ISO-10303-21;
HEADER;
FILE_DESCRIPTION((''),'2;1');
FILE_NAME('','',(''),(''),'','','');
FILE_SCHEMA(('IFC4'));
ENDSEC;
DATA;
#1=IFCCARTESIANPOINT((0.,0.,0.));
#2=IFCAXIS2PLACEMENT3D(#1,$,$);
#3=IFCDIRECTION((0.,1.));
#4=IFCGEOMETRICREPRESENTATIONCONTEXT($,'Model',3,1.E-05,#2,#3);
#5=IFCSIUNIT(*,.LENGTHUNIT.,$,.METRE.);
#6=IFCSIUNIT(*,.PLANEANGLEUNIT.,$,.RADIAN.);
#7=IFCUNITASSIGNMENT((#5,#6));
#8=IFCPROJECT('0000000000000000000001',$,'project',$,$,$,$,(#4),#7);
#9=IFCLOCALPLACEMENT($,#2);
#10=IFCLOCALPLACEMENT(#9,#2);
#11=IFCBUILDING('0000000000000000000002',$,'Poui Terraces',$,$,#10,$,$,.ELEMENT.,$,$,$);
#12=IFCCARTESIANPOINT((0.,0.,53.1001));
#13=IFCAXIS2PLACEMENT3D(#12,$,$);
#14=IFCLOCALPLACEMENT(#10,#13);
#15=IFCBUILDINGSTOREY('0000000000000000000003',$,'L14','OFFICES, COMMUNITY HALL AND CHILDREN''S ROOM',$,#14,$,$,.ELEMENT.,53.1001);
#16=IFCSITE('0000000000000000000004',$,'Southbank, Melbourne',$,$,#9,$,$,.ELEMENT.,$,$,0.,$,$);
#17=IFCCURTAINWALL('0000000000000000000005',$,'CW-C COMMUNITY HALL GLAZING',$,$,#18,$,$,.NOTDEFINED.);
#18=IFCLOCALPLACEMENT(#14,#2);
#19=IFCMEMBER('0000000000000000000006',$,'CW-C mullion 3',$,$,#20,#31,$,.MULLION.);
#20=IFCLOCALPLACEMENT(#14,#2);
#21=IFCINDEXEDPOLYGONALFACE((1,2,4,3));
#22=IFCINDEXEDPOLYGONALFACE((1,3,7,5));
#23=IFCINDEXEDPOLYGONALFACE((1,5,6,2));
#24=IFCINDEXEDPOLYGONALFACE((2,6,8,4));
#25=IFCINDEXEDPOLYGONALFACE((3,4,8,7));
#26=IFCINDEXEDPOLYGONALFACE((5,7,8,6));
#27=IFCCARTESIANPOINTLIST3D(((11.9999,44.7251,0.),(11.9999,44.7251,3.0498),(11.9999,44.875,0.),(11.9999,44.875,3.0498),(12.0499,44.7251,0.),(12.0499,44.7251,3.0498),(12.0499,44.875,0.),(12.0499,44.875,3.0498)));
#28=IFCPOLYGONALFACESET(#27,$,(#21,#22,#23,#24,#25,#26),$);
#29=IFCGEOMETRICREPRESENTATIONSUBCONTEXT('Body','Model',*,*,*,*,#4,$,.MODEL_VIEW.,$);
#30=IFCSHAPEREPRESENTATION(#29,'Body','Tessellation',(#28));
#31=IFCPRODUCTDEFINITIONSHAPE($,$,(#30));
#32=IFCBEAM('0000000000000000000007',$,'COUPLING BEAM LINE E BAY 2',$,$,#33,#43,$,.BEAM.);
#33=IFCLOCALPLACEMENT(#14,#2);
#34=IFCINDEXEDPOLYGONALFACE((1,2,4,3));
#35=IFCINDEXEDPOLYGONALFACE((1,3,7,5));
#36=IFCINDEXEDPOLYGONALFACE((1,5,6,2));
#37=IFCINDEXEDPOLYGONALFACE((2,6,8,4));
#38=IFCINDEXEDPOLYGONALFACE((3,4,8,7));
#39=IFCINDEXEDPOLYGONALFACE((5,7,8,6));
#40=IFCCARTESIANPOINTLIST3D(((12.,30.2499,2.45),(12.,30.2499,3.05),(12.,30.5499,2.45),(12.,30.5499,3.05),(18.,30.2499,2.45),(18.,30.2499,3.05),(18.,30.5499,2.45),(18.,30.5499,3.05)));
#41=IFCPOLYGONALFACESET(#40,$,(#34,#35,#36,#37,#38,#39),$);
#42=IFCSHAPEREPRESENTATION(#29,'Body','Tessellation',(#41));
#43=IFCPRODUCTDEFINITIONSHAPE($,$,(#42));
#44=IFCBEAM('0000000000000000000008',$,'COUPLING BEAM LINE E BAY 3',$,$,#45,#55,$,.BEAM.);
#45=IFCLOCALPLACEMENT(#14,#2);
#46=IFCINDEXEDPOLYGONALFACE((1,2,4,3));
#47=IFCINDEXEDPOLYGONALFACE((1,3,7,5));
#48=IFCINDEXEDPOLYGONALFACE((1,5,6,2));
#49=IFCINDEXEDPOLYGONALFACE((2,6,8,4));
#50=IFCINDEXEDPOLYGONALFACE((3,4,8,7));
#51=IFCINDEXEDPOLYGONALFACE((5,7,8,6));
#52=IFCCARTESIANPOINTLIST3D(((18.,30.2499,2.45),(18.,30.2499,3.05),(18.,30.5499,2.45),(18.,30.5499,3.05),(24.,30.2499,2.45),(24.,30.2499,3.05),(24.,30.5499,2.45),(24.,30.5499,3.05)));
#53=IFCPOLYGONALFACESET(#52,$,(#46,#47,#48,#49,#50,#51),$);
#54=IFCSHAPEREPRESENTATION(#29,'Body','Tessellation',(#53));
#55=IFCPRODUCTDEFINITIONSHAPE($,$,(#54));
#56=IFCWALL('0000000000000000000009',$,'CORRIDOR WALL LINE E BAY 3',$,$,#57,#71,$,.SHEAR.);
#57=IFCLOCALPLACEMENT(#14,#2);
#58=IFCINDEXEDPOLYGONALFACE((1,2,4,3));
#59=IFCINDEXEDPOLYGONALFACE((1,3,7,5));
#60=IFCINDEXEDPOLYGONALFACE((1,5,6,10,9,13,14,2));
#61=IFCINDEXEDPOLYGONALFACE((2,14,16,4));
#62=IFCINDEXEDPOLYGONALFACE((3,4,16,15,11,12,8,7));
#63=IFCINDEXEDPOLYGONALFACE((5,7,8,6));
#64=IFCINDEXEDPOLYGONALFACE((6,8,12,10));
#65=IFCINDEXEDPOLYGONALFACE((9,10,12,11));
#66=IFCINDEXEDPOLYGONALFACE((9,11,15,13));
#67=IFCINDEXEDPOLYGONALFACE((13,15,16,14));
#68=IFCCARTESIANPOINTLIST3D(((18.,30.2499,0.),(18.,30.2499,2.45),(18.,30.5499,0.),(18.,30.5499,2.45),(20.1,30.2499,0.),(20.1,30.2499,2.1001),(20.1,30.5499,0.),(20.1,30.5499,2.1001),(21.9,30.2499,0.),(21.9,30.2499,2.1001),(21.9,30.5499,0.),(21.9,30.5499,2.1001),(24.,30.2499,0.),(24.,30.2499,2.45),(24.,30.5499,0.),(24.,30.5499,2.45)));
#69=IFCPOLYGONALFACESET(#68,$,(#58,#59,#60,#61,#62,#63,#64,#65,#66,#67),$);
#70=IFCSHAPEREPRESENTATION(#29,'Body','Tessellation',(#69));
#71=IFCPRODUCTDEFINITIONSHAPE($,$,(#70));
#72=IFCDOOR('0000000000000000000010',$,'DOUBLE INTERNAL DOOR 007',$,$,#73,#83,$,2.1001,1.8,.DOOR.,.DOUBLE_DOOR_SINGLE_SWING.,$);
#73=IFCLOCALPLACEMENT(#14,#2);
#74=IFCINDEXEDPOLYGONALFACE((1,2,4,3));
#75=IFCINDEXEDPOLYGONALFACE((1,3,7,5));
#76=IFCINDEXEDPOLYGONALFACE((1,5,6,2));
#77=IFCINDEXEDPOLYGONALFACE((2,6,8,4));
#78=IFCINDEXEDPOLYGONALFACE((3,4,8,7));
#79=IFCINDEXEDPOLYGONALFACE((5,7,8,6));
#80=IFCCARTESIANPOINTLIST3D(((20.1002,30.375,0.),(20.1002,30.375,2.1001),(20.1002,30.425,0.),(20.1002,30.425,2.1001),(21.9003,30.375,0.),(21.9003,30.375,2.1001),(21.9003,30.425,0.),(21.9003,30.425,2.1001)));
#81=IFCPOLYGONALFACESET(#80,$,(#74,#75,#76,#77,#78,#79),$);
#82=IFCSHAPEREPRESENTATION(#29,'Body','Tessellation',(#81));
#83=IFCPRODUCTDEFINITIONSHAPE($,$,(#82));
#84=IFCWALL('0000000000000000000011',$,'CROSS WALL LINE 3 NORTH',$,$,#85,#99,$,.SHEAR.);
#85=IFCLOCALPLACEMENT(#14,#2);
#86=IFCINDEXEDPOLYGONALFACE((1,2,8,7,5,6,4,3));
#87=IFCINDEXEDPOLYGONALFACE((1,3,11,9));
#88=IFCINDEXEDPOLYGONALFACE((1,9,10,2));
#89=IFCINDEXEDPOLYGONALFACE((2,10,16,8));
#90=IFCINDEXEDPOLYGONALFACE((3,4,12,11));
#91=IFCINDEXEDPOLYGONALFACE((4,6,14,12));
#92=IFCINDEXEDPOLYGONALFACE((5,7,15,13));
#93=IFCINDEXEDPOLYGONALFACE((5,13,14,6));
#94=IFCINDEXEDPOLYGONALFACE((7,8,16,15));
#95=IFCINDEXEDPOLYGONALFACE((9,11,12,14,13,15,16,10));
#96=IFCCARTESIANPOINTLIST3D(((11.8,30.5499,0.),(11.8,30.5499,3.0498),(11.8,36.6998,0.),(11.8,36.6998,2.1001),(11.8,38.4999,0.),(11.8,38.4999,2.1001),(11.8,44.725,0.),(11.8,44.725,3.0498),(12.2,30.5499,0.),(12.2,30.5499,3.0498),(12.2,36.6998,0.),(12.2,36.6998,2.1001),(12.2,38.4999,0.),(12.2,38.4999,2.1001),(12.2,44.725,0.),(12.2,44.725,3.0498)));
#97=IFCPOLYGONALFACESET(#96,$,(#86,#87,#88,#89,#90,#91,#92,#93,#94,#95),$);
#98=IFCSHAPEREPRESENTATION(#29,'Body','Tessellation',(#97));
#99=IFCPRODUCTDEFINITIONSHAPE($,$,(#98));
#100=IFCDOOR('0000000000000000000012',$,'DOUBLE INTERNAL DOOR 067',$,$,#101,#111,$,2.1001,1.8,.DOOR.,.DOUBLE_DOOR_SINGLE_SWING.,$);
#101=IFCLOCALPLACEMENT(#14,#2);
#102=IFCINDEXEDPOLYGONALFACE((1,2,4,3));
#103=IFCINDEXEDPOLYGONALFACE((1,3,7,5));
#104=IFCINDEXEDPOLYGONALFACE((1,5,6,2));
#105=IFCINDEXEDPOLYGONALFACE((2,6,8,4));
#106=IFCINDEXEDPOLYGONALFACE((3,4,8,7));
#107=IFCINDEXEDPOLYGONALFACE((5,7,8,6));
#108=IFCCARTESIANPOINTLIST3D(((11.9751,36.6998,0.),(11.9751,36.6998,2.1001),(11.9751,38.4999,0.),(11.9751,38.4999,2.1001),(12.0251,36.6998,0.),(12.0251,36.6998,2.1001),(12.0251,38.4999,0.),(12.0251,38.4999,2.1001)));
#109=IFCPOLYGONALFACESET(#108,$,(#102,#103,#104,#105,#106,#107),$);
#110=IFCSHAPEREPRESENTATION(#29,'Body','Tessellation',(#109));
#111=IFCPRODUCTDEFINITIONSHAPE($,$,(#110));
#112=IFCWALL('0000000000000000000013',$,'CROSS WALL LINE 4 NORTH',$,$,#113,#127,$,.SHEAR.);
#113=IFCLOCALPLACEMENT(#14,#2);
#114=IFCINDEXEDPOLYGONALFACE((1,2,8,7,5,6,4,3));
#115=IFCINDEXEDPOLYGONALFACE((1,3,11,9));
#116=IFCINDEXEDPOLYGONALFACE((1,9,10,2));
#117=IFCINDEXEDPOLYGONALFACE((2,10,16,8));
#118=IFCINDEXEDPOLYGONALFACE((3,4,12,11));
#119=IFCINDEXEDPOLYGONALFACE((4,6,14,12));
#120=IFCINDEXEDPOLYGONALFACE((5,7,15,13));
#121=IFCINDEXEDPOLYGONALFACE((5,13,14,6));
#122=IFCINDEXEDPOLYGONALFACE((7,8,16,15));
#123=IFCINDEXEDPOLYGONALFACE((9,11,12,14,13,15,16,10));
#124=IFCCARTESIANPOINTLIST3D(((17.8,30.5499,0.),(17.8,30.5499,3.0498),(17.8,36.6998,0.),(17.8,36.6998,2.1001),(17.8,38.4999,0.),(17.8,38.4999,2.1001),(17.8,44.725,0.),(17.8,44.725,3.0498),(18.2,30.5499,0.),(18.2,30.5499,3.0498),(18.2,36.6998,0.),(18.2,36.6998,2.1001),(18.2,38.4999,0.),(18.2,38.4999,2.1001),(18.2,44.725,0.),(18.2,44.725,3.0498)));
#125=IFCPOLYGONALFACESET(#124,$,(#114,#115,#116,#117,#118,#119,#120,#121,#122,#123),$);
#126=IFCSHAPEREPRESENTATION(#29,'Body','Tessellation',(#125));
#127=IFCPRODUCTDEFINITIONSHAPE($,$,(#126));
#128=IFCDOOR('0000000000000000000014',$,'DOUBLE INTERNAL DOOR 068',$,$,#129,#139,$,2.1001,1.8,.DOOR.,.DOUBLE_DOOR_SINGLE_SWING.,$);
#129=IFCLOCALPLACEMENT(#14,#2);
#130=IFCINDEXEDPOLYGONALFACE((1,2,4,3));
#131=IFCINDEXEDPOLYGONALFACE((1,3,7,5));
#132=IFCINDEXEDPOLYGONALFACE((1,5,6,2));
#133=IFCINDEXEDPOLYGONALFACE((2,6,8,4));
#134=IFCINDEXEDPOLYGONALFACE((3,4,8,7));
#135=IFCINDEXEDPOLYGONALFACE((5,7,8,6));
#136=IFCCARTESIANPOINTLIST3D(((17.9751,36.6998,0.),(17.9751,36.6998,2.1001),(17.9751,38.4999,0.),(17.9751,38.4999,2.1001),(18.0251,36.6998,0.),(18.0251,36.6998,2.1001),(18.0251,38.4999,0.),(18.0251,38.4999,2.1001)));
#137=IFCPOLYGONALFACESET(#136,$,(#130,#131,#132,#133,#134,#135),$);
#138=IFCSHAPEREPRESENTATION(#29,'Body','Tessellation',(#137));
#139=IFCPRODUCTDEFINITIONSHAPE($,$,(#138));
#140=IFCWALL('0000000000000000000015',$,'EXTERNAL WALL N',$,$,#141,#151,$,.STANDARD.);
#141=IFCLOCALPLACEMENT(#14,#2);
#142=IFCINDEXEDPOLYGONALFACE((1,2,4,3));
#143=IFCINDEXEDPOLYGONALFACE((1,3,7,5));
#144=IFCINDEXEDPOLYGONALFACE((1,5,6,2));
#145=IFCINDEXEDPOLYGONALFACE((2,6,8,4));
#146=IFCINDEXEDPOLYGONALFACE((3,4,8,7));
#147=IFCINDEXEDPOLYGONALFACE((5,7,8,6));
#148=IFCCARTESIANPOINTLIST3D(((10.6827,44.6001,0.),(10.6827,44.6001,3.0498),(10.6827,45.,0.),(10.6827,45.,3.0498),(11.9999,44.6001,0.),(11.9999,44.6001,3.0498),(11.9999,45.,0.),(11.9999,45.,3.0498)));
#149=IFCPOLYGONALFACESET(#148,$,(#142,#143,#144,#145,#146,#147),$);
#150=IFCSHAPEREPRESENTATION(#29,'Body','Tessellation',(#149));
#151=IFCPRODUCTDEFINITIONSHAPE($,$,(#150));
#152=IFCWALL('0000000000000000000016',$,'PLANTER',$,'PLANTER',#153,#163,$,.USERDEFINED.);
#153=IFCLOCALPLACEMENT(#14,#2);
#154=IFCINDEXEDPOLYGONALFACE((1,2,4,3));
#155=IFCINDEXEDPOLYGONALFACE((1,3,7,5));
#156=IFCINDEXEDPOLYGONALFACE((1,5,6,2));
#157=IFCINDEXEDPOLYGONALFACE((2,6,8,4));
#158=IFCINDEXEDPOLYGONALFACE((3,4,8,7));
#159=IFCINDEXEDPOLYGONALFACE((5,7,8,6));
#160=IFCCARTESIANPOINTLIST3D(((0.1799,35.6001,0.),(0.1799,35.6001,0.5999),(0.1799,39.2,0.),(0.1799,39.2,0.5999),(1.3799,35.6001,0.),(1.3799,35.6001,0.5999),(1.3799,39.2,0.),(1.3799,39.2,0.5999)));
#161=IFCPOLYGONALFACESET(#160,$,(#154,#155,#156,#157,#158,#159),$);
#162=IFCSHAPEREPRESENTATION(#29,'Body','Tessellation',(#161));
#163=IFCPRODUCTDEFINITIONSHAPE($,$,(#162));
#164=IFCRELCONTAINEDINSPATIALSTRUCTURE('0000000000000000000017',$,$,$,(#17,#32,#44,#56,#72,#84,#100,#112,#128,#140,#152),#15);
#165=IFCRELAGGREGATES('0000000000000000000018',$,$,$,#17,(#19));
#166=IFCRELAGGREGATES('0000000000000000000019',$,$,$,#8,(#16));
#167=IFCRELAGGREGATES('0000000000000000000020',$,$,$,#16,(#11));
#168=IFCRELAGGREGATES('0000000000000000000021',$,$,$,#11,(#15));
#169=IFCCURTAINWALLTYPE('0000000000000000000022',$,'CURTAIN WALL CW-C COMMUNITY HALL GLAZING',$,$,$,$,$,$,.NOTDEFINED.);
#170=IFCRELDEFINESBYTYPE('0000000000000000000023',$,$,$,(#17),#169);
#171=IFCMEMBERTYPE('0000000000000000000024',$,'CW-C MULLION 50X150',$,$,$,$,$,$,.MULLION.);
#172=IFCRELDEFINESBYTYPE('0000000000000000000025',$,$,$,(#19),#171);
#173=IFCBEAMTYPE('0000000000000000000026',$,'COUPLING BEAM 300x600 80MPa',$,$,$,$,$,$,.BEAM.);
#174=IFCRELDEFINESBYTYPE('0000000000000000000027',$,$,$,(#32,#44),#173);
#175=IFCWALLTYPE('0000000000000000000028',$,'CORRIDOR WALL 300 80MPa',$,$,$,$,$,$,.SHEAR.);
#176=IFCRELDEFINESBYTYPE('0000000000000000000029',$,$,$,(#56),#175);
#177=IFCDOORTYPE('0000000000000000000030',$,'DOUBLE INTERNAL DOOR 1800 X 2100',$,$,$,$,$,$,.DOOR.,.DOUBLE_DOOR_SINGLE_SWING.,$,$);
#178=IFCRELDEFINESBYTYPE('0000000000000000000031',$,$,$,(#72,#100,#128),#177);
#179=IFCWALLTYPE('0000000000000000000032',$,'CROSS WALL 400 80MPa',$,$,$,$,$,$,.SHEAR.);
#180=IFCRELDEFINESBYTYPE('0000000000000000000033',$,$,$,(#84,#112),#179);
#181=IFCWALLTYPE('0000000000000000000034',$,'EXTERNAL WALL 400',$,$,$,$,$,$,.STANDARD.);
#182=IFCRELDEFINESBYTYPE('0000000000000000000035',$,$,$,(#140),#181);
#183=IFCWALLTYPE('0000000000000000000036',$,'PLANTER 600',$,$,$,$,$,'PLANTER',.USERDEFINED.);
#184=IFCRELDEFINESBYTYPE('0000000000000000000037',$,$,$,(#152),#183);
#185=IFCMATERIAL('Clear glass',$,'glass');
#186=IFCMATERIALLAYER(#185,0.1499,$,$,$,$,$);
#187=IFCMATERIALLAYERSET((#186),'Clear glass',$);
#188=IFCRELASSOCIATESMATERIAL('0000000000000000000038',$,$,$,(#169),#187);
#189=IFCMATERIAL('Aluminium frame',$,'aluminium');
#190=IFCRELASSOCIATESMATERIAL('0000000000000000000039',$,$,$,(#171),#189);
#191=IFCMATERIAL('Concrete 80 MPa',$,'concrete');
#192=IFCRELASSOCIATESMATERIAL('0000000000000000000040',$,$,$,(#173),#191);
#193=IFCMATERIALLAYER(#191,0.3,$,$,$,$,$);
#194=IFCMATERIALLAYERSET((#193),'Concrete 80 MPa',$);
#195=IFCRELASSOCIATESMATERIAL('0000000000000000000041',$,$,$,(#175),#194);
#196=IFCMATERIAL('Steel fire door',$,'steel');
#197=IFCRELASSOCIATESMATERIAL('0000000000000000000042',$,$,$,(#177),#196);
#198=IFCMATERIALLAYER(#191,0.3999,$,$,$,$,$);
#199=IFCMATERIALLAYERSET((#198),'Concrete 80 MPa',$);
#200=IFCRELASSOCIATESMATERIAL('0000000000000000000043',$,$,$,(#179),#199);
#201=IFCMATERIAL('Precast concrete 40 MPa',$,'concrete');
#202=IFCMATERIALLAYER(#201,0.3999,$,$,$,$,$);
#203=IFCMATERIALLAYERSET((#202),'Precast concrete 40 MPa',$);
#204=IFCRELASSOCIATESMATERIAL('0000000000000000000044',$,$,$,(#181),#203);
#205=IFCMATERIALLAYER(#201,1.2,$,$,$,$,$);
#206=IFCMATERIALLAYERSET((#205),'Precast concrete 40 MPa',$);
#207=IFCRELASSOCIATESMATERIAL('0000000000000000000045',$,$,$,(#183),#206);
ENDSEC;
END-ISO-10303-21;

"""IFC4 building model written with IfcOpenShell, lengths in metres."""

from ifc_helpers import new_model, si_unit, direction, frame, frame_2d, origin, origin_2d, place, context, subcontext, project, spatial, polyline, rectangle, outline, extrude, source, transform, mapped, material, layer, layer_set, material_profile, profile_set, type_object, element, fill, aggregate, save


model = new_model("IFC4")

# Units and contexts
model_context = context("Model", 3, precision=1e-05, world=origin(), true_north=direction((0.0, 1.0)))
body_context = subcontext(model_context, "Body", "Model", "MODEL_VIEW")
ifc_project = project(units=[si_unit("LENGTHUNIT", "METRE"), si_unit("PLANEANGLEUNIT", "RADIAN")], contexts=[model_context])

# Site, building, storey
site_placement = place(None, origin())
site = spatial("IfcSite", under=ifc_project, at=site_placement, Name="Southbank, Melbourne", CompositionType="ELEMENT", RefElevation=0.0)
building_placement = place(site_placement, origin())
building = spatial("IfcBuilding", under=site, at=building_placement, Name="Poui Terraces", CompositionType="ELEMENT")
storey_placement = place(building_placement, frame((0.0, 0.0, 53.1001)))
storey = spatial("IfcBuildingStorey", under=building, at=storey_placement, Name="L14", Description="OFFICES, COMMUNITY HALL AND CHILDREN'S ROOM", CompositionType="ELEMENT", Elevation=53.1001)

# Curtain wall, member
ifc_material_1 = material(Name="Clear glass", Category="glass")
ifc_layer_1 = layer(ifc_material_1, 0.1499)
ifc_layer_set_1 = layer_set([ifc_layer_1], Name="Clear glass")
curtain_wall_type = type_object("IfcCurtainWallType", Name="CURTAIN WALL CW-C COMMUNITY HALL GLAZING", PredefinedType="NOTDEFINED", material=ifc_layer_set_1)
curtain_wall_placement = place(storey_placement, origin())
curtain_wall = element("IfcCurtainWall", 1, at=curtain_wall_placement, inside=storey, type_object=curtain_wall_type, Name="CW-C COMMUNITY HALL GLAZING", PredefinedType="NOTDEFINED")
ifc_material_2 = material(Name="Aluminium frame", Category="aluminium")
ifc_material_profile_1 = material_profile(ifc_material_2, rectangle(XDim=0.1499, YDim=0.05, at=origin_2d()), Name="CW-C MULLION 50X150")
ifc_profile_set_1 = profile_set([ifc_material_profile_1], Name="Aluminium frame")
member_type = type_object("IfcMemberType", Name="CW-C MULLION 50X150", PredefinedType="MULLION", material=ifc_profile_set_1)
member_placement = place(storey_placement, frame((12.0249, 44.8, 0.0), z_axis=(0.0, 0.0, 1.0), x_axis=(0.0, -1.0, 0.0)))
member = element("IfcMember", 2, at=member_placement, type_object=member_type, Name="CW-C mullion 3", PredefinedType="MULLION", context=body_context, shape_type="SweptSolid", body=[
    extrude(rectangle(XDim=0.1499, YDim=0.05, at=origin_2d()), origin(), (0.0, 0.0, 1.0), 3.0498),
])
aggregate(curtain_wall, [member])

# Beams
ifc_material_3 = material(Name="Concrete 80 MPa", Category="concrete")
ifc_material_profile_2 = material_profile(ifc_material_3, rectangle(XDim=0.3, YDim=0.6001, at=origin_2d()), Name="RC 300x600")
ifc_profile_set_2 = profile_set([ifc_material_profile_2], Name="Concrete 80 MPa")
beam_type = type_object("IfcBeamType", Name="COUPLING BEAM 300x600 80MPa", PredefinedType="BEAM", material=ifc_profile_set_2)
shared_shape_1 = source(origin(), body_context, "Body", "SweptSolid", [
    extrude(rectangle(XDim=0.3, YDim=0.6001, at=origin_2d()), origin(), (0.0, 0.0, 1.0), 6.0),
])
for number, where, z_axis, x_axis, name in (
    (3, (12.0, 30.3999, 2.75), (1.0, 0.0, 0.0), (0.0, 1.0, 0.0), "COUPLING BEAM LINE E BAY 2"),
    (4, (18.0, 30.3999, 2.75), (1.0, 0.0, 0.0), (0.0, 1.0, 0.0), "COUPLING BEAM LINE E BAY 3"),
):
    element("IfcBeam", number, at=place(storey_placement, frame(where, z_axis=z_axis, x_axis=x_axis)), inside=storey, type_object=beam_type, Name=name, PredefinedType="BEAM", context=body_context, shape_type="MappedRepresentation", body=[
        mapped(shared_shape_1, transform((0.0, 0.0, 0.0))),
    ])

# Walls, openings, doors
ifc_layer_2 = layer(ifc_material_3, 0.3)
ifc_layer_set_2 = layer_set([ifc_layer_2], Name="Concrete 80 MPa")
wall_type_1 = type_object("IfcWallType", Name="CORRIDOR WALL 300 80MPa", PredefinedType="SHEAR", material=ifc_layer_set_2)
wall_1_placement = place(storey_placement, frame((18.0, 30.3999, 0.0), z_axis=(0.0, 0.0, 1.0), x_axis=(1.0, 0.0, 0.0)))
wall_1 = element("IfcWall", 5, at=wall_1_placement, inside=storey, type_object=wall_type_1, Name="CORRIDOR WALL LINE E BAY 3", PredefinedType="SHEAR", context=body_context, shape_type="SweptSolid", body=[
    extrude(rectangle(XDim=6.0, YDim=0.3, at=frame_2d((3.0, 0.0))), origin(), (0.0, 0.0, 1.0), 2.45),
])
opening_1_placement = place(wall_1_placement, frame((2.1001, 0.0, 0.0)))
opening_1 = element("IfcOpeningElement", 6, at=opening_1_placement, cuts=wall_1, PredefinedType="OPENING", context=body_context, shape_type="SweptSolid", body=[
    extrude(rectangle(XDim=1.8, YDim=2.1001, at=frame_2d((0.8999, 1.05))), frame((0.0, 0.1602, 0.0), z_axis=(0.0, -1.0, 0.0), x_axis=(1.0, 0.0, 0.0)), (0.0, 0.0, 1.0), 0.3201),
])
ifc_material_4 = material(Name="Steel fire door", Category="steel")
door_type = type_object("IfcDoorType", Name="DOUBLE INTERNAL DOOR 1800 X 2100", OperationType="DOUBLE_DOOR_SINGLE_SWING", PredefinedType="DOOR", material=ifc_material_4)
door_1_placement = place(opening_1_placement, frame((1.8, 0.0, 0.0), z_axis=(0.0, 0.0, 1.0), x_axis=(-1.0, 0.0, 0.0)))
door_1 = element("IfcDoor", 7, at=door_1_placement, inside=storey, type_object=door_type, Name="DOUBLE INTERNAL DOOR 007", OperationType="DOUBLE_DOOR_SINGLE_SWING", OverallHeight=2.1001, OverallWidth=1.8, PredefinedType="DOOR", context=body_context, shape_type="SweptSolid", body=[
    extrude(rectangle(XDim=1.8, YDim=2.1001, at=frame_2d((0.8999, 1.05))), frame((0.0, 0.0249, 0.0), z_axis=(0.0, -1.0, 0.0), x_axis=(1.0, 0.0, 0.0)), (0.0, 0.0, 1.0), 0.05),
])
fill(opening_1, door_1)
ifc_layer_3 = layer(ifc_material_3, 0.3999)
ifc_layer_set_3 = layer_set([ifc_layer_3], Name="Concrete 80 MPa")
wall_type_2 = type_object("IfcWallType", Name="CROSS WALL 400 80MPa", PredefinedType="SHEAR", material=ifc_layer_set_3)
wall_2_placement = place(storey_placement, frame((12.0, 30.55, 0.0), z_axis=(0.0, 0.0, 1.0), x_axis=(0.0, 1.0, 0.0)))
wall_2 = element("IfcWall", 8, at=wall_2_placement, inside=storey, type_object=wall_type_2, Name="CROSS WALL LINE 3 NORTH", PredefinedType="SHEAR", context=body_context, shape_type="SweptSolid", body=[
    extrude(rectangle(XDim=14.175, YDim=0.3999, at=frame_2d((7.0874, 0.0))), origin(), (0.0, 0.0, 1.0), 3.0498),
])
opening_2_placement = place(wall_2_placement, frame((6.1499, 0.0, 0.0)))
opening_2 = element("IfcOpeningElement", 9, at=opening_2_placement, cuts=wall_2, PredefinedType="OPENING", context=body_context, shape_type="SweptSolid", body=[
    extrude(rectangle(XDim=1.8, YDim=2.1001, at=frame_2d((0.8999, 1.05))), frame((0.0, 0.21, 0.0), z_axis=(0.0, -1.0, 0.0), x_axis=(1.0, 0.0, 0.0)), (0.0, 0.0, 1.0), 0.4199),
])
door_2_placement = place(opening_2_placement, origin())
door_2 = element("IfcDoor", 10, at=door_2_placement, inside=storey, type_object=door_type, Name="DOUBLE INTERNAL DOOR 067", OperationType="DOUBLE_DOOR_SINGLE_SWING", OverallHeight=2.1001, OverallWidth=1.8, PredefinedType="DOOR", context=body_context, shape_type="SweptSolid", body=[
    extrude(rectangle(XDim=1.8, YDim=2.1001, at=frame_2d((0.8999, 1.05))), frame((0.0, 0.0249, 0.0), z_axis=(0.0, -1.0, 0.0), x_axis=(1.0, 0.0, 0.0)), (0.0, 0.0, 1.0), 0.05),
])
fill(opening_2, door_2)
wall_3_placement = place(storey_placement, frame((18.0, 30.55, 0.0), z_axis=(0.0, 0.0, 1.0), x_axis=(0.0, 1.0, 0.0)))
wall_3 = element("IfcWall", 11, at=wall_3_placement, inside=storey, type_object=wall_type_2, Name="CROSS WALL LINE 4 NORTH", PredefinedType="SHEAR", context=body_context, shape_type="SweptSolid", body=[
    extrude(rectangle(XDim=14.175, YDim=0.3999, at=frame_2d((7.0874, 0.0))), origin(), (0.0, 0.0, 1.0), 3.0498),
])
opening_3_placement = place(wall_3_placement, frame((6.1499, 0.0, 0.0)))
opening_3 = element("IfcOpeningElement", 12, at=opening_3_placement, cuts=wall_3, PredefinedType="OPENING", context=body_context, shape_type="SweptSolid", body=[
    extrude(rectangle(XDim=1.8, YDim=2.1001, at=frame_2d((0.8999, 1.05))), frame((0.0, 0.21, 0.0), z_axis=(0.0, -1.0, 0.0), x_axis=(1.0, 0.0, 0.0)), (0.0, 0.0, 1.0), 0.4199),
])
door_3_placement = place(opening_3_placement, origin())
door_3 = element("IfcDoor", 13, at=door_3_placement, inside=storey, type_object=door_type, Name="DOUBLE INTERNAL DOOR 068", OperationType="DOUBLE_DOOR_SINGLE_SWING", OverallHeight=2.1001, OverallWidth=1.8, PredefinedType="DOOR", context=body_context, shape_type="SweptSolid", body=[
    extrude(rectangle(XDim=1.8, YDim=2.1001, at=frame_2d((0.8999, 1.05))), frame((0.0, 0.0249, 0.0), z_axis=(0.0, -1.0, 0.0), x_axis=(1.0, 0.0, 0.0)), (0.0, 0.0, 1.0), 0.05),
])
fill(opening_3, door_3)

# Walls
ifc_material_5 = material(Name="Precast concrete 40 MPa", Category="concrete")
ifc_layer_4 = layer(ifc_material_5, 0.3999)
ifc_layer_set_4 = layer_set([ifc_layer_4], Name="Precast concrete 40 MPa")
wall_type_3 = type_object("IfcWallType", Name="EXTERNAL WALL 400", PredefinedType="STANDARD", material=ifc_layer_set_4)
wall_4_placement = place(storey_placement, frame((12.0, 44.8, 0.0), z_axis=(0.0, 0.0, 1.0), x_axis=(-1.0, 0.0, 0.0)))
element("IfcWall", 14, at=wall_4_placement, inside=storey, type_object=wall_type_3, Name="EXTERNAL WALL N", PredefinedType="STANDARD", context=body_context, shape_type="SweptSolid", body=[
    extrude(rectangle(XDim=1.3171, YDim=0.3999, at=frame_2d((0.6587, 0.0))), origin(), (0.0, 0.0, 1.0), 3.0498),
])
ifc_layer_5 = layer(ifc_material_5, 1.2)
ifc_layer_set_5 = layer_set([ifc_layer_5], Name="Precast concrete 40 MPa")
wall_type_4 = type_object("IfcWallType", Name="PLANTER 600", ElementType="PLANTER", PredefinedType="USERDEFINED", material=ifc_layer_set_5)
shared_shape_2 = source(origin(), body_context, "Body", "SweptSolid", [
    extrude(outline(polyline([(0.0, 0.0), (1.2, 0.0), (1.2, 3.5999), (0.0, 3.5999), (0.0, 0.0)])), origin(), (0.0, 0.0, 1.0), 0.5999),
])
wall_5_placement = place(storey_placement, frame((0.1799, 35.6001, 0.0)))
element("IfcWall", 15, at=wall_5_placement, inside=storey, type_object=wall_type_4, Name="PLANTER", ObjectType="PLANTER", PredefinedType="USERDEFINED", context=body_context, shape_type="MappedRepresentation", body=[
    mapped(shared_shape_2, transform((0.0, 0.0, 0.0))),
])

save(model, "model.ifc")
